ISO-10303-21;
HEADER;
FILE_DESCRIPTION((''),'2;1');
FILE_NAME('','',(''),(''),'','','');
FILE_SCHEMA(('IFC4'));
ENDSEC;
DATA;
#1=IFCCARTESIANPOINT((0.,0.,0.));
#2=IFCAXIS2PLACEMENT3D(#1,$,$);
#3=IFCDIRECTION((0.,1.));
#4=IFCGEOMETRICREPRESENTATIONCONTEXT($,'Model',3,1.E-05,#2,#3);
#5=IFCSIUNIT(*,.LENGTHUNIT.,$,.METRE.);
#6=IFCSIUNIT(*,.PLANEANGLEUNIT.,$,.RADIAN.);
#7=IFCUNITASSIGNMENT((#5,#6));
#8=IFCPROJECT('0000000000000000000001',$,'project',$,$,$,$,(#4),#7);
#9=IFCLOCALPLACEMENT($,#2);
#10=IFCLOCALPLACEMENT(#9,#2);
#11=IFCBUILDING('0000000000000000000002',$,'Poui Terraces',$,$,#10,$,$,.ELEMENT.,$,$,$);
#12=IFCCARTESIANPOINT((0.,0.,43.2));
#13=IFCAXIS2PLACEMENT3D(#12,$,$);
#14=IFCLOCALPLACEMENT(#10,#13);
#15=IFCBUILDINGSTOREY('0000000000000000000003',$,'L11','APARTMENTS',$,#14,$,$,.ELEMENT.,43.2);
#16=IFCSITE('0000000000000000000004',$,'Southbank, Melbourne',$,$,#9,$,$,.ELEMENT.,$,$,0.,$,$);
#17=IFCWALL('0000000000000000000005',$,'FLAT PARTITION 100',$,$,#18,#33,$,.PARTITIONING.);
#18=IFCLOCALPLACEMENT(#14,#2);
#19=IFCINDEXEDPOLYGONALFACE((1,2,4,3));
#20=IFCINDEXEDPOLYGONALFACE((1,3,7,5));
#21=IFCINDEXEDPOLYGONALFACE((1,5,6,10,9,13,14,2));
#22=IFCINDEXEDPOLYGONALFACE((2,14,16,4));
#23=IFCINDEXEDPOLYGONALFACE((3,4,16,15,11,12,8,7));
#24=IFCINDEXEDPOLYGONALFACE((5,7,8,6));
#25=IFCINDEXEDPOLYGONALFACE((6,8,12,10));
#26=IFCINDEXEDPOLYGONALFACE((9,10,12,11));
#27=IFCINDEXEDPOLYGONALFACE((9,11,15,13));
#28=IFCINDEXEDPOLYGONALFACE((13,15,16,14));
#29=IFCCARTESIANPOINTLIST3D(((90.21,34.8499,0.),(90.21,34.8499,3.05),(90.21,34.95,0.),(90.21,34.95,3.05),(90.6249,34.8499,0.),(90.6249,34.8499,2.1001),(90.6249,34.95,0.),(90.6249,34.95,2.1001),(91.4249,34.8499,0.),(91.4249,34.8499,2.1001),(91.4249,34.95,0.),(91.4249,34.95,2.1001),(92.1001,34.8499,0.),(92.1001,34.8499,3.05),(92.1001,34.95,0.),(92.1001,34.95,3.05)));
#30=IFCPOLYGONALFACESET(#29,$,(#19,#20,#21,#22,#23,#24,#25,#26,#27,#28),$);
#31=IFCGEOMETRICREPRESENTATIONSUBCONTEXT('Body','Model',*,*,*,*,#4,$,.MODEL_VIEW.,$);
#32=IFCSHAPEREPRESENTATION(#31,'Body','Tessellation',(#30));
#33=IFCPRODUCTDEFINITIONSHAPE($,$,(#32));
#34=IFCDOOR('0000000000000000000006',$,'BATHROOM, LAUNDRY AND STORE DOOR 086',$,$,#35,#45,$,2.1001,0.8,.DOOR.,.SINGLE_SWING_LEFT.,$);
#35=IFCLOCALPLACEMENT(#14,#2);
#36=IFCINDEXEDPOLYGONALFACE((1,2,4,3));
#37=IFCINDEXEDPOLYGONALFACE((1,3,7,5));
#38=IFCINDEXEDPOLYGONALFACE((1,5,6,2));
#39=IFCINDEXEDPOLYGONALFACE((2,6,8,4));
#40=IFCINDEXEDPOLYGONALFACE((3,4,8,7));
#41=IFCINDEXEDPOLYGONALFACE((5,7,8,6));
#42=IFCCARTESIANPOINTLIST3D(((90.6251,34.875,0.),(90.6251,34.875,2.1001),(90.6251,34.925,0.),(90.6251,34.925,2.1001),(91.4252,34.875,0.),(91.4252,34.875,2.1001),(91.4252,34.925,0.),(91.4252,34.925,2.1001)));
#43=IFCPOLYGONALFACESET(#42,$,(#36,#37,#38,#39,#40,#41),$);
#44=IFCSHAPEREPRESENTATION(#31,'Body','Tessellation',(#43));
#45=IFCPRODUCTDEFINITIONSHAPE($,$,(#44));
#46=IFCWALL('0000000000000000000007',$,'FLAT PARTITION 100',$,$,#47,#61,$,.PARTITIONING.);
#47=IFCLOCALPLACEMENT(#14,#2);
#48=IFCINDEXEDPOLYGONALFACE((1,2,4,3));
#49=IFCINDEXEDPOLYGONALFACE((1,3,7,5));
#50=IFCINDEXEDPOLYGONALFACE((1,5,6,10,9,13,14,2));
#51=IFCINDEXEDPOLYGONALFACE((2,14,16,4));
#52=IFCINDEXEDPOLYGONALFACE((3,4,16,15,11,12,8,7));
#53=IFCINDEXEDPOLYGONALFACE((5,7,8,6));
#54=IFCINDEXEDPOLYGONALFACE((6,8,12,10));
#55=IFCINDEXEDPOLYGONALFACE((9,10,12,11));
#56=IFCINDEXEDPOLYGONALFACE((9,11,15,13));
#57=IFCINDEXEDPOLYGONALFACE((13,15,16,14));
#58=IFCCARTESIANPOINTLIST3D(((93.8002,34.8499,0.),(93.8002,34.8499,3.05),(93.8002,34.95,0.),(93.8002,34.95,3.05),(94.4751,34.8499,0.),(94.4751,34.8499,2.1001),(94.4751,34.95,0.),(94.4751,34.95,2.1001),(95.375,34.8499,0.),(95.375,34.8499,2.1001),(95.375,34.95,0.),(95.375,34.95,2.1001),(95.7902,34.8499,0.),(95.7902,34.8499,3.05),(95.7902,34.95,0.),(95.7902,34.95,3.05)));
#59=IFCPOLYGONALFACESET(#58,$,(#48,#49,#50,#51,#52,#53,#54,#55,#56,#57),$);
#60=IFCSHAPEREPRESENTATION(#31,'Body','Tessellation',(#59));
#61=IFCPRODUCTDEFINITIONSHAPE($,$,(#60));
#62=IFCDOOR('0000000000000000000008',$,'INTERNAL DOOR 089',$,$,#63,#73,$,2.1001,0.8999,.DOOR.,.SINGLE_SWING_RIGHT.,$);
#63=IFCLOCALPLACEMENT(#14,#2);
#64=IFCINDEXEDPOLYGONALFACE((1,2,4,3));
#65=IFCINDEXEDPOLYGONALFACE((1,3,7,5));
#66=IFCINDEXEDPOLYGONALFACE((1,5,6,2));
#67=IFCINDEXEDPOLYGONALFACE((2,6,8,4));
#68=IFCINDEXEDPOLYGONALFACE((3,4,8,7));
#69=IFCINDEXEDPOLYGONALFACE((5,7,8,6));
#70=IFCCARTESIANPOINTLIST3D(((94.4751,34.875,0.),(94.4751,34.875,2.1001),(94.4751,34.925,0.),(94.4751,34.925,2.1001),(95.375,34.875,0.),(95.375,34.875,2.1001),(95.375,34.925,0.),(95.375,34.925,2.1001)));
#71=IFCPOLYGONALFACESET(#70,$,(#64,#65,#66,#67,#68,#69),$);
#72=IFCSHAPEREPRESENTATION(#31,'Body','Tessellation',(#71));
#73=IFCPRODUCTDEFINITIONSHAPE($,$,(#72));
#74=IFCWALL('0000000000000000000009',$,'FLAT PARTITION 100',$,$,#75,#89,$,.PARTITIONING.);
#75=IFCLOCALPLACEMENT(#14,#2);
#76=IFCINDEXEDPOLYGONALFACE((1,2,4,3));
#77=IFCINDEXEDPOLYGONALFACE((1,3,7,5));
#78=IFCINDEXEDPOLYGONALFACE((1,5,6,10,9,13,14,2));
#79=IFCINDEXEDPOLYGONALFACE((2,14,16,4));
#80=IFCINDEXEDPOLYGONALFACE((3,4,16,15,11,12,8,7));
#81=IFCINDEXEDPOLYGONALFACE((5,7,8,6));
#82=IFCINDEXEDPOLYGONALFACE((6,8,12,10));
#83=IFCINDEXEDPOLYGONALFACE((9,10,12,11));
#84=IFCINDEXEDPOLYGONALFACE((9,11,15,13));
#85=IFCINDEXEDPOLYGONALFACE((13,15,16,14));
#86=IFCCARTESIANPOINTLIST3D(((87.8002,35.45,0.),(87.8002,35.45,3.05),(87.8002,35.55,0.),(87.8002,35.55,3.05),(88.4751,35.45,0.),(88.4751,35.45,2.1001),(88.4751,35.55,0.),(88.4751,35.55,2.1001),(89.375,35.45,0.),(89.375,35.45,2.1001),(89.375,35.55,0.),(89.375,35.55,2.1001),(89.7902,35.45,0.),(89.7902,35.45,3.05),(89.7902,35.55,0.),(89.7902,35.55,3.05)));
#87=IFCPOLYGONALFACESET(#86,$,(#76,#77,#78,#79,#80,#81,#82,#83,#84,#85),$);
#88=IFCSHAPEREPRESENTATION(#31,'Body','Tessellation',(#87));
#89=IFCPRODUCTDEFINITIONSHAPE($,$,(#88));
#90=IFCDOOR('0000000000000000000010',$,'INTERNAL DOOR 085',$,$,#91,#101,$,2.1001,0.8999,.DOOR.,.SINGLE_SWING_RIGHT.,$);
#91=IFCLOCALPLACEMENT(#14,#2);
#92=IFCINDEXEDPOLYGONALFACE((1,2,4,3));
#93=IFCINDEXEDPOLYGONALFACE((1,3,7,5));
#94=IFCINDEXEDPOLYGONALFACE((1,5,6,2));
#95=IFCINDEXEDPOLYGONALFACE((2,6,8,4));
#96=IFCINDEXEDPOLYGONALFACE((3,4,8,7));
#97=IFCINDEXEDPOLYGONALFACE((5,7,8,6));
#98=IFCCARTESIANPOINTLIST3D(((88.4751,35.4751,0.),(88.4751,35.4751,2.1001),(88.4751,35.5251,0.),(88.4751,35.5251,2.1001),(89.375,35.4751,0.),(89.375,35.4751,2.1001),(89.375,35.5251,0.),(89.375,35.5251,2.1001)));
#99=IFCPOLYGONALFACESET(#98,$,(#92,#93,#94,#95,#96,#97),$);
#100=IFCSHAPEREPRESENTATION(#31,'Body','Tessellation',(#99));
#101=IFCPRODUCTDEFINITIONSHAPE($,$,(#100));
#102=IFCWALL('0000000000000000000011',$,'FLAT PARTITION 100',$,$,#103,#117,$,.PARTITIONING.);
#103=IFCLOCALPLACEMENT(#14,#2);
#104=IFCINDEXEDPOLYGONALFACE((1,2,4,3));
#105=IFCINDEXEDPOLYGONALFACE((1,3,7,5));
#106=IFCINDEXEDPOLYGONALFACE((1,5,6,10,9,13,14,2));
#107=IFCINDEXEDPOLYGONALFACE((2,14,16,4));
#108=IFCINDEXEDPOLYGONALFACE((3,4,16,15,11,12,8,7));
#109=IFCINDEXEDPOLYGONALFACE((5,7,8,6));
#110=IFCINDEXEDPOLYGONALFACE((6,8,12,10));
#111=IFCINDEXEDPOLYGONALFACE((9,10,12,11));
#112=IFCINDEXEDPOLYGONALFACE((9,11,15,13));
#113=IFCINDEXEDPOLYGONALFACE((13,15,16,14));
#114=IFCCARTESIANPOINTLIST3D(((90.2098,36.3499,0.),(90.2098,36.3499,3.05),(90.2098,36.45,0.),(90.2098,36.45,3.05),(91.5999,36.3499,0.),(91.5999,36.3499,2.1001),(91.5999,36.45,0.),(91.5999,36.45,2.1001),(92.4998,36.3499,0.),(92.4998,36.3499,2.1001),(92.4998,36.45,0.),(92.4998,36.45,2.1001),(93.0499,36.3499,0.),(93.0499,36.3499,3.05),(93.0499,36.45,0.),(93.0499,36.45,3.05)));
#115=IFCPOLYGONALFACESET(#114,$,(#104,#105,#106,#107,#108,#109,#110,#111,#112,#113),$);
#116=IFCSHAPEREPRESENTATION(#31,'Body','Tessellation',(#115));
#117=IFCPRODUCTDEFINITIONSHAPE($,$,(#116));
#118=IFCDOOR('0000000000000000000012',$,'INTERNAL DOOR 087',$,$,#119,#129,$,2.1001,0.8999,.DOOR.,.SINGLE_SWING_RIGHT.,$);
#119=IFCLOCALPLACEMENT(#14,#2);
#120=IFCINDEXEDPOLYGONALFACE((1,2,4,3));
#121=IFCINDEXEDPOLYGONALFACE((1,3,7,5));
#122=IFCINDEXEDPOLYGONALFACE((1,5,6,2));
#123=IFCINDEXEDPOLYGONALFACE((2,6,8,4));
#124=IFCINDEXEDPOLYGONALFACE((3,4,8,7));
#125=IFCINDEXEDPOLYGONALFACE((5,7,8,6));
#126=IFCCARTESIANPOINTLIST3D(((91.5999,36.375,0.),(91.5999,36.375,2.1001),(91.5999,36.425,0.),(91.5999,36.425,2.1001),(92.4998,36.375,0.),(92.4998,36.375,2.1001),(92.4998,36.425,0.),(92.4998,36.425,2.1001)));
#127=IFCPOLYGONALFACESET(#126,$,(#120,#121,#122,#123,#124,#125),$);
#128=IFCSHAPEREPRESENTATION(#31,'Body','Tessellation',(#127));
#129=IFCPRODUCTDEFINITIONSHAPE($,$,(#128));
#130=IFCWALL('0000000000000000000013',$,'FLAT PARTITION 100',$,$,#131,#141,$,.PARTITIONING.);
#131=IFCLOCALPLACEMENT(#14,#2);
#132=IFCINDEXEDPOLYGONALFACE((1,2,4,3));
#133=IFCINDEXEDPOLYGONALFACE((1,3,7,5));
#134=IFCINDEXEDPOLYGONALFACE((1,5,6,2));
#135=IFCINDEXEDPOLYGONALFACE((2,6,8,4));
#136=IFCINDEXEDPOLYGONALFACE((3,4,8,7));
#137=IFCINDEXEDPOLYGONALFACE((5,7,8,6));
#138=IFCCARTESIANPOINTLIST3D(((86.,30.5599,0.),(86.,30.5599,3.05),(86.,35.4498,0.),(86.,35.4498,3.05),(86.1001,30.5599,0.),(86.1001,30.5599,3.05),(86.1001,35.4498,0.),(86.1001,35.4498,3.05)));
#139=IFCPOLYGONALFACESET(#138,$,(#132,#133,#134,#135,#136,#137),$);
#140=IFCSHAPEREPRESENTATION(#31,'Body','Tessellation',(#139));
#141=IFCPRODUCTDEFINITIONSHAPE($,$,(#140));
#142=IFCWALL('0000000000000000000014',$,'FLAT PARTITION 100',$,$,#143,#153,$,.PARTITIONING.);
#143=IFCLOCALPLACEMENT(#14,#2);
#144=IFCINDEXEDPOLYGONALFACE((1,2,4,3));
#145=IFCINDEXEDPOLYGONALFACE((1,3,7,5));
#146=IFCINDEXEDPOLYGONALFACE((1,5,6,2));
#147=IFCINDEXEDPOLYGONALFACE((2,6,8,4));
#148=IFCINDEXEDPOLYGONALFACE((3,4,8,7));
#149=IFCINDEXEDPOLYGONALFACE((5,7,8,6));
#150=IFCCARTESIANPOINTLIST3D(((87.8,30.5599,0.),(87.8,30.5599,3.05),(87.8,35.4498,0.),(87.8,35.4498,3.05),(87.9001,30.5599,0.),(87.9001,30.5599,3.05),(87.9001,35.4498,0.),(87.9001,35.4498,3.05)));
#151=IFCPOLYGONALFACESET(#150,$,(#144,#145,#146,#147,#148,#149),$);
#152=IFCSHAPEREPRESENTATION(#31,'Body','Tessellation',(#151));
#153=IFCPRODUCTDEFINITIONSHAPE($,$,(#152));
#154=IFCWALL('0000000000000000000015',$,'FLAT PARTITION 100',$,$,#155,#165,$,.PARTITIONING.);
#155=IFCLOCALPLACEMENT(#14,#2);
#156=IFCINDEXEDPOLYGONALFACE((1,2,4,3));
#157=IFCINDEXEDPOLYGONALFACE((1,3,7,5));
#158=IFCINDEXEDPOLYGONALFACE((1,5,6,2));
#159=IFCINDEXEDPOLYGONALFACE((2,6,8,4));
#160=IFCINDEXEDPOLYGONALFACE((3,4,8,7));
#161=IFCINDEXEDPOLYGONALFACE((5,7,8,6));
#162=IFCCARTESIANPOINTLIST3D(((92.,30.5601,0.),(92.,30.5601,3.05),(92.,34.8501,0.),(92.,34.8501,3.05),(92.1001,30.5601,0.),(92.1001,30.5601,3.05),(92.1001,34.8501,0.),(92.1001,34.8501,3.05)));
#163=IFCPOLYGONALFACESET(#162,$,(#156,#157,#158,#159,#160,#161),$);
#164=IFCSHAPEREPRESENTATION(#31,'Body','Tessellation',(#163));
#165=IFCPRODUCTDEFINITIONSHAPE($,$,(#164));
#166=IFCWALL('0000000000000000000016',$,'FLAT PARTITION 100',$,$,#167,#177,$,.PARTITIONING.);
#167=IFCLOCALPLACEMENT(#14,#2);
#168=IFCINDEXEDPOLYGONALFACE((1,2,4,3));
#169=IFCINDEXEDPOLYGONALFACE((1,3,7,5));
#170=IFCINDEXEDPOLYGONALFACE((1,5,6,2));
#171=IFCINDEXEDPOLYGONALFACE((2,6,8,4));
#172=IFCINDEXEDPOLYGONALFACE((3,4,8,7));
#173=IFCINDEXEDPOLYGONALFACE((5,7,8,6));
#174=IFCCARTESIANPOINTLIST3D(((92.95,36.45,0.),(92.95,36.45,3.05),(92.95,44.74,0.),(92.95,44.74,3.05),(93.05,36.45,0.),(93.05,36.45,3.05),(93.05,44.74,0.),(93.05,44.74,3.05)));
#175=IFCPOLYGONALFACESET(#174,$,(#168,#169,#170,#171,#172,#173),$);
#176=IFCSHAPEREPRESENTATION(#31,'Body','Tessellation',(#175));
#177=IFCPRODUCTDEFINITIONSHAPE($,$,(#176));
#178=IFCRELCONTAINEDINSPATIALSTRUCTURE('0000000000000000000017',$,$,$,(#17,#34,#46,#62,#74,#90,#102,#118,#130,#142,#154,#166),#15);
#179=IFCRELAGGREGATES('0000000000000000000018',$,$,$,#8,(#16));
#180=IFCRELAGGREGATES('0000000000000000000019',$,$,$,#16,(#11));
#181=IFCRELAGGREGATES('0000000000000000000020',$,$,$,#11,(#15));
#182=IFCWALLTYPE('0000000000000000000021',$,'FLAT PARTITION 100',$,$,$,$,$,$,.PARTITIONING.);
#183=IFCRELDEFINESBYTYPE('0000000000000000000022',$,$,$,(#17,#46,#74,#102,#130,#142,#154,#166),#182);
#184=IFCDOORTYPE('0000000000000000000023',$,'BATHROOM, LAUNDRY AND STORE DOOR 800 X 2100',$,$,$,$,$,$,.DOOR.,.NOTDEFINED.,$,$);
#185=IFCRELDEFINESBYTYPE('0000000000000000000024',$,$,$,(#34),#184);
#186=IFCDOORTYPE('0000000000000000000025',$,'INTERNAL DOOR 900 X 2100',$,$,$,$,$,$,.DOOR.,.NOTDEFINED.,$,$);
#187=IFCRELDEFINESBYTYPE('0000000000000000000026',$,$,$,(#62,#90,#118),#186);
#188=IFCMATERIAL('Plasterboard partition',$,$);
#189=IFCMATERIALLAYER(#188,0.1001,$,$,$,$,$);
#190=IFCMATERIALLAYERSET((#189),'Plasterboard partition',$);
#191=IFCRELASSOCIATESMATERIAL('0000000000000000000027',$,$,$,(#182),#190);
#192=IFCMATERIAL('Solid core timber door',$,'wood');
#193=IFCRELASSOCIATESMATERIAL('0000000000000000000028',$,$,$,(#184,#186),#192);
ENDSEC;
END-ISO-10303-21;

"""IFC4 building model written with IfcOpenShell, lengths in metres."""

from ifc_helpers import new_model, si_unit, direction, frame, frame_2d, origin, place, context, subcontext, project, spatial, rectangle, extrude, material, layer, layer_set, type_object, element, fill, save


model = new_model("IFC4")

# Units and contexts
model_context = context("Model", 3, precision=1e-05, world=origin(), true_north=direction((0.0, 1.0)))
body_context = subcontext(model_context, "Body", "Model", "MODEL_VIEW")
ifc_project = project(units=[si_unit("LENGTHUNIT", "METRE"), si_unit("PLANEANGLEUNIT", "RADIAN")], contexts=[model_context])

# Site, building, storey
site_placement = place(None, origin())
site = spatial("IfcSite", under=ifc_project, at=site_placement, Name="Southbank, Melbourne", CompositionType="ELEMENT", RefElevation=0.0)
building_placement = place(site_placement, origin())
building = spatial("IfcBuilding", under=site, at=building_placement, Name="Poui Terraces", CompositionType="ELEMENT")
storey_placement = place(building_placement, frame((0.0, 0.0, 43.2)))
storey = spatial("IfcBuildingStorey", under=building, at=storey_placement, Name="L11", Description="APARTMENTS", CompositionType="ELEMENT", Elevation=43.2)

# Walls, openings, doors
ifc_material_1 = material(Name="Plasterboard partition")
ifc_layer_1 = layer(ifc_material_1, 0.1001)
ifc_layer_set_1 = layer_set([ifc_layer_1], Name="Plasterboard partition")
wall_type_1 = type_object("IfcWallType", Name="FLAT PARTITION 100", PredefinedType="PARTITIONING", material=ifc_layer_set_1)
wall_1_placement = place(storey_placement, frame((90.21, 34.8999, 0.0), z_axis=(0.0, 0.0, 1.0), x_axis=(1.0, 0.0, 0.0)))
wall_1 = element("IfcWall", 1, at=wall_1_placement, inside=storey, type_object=wall_type_1, Name="FLAT PARTITION 100", PredefinedType="PARTITIONING", context=body_context, shape_type="SweptSolid", body=[
    extrude(rectangle(XDim=1.8901, YDim=0.1001, at=frame_2d((0.9451, 0.0))), origin(), (0.0, 0.0, 1.0), 3.05),
])
opening_1_placement = place(wall_1_placement, frame((0.415, 0.0, 0.0)))
opening_1 = element("IfcOpeningElement", 2, at=opening_1_placement, cuts=wall_1, PredefinedType="OPENING", context=body_context, shape_type="SweptSolid", body=[
    extrude(rectangle(XDim=0.8, YDim=2.1001, at=frame_2d((0.3999, 1.05))), frame((0.0, 0.0601, 0.0), z_axis=(0.0, -1.0, 0.0), x_axis=(1.0, 0.0, 0.0)), (0.0, 0.0, 1.0), 0.1201),
])
ifc_material_2 = material(Name="Solid core timber door", Category="wood")
door_type_1 = type_object("IfcDoorType", Name="BATHROOM, LAUNDRY AND STORE DOOR 800 X 2100", OperationType="NOTDEFINED", PredefinedType="DOOR", material=ifc_material_2)
door_1_placement = place(opening_1_placement, frame((0.8, 0.0, 0.0), z_axis=(0.0, 0.0, 1.0), x_axis=(-1.0, 0.0, 0.0)))
door_1 = element("IfcDoor", 3, at=door_1_placement, inside=storey, type_object=door_type_1, Name="BATHROOM, LAUNDRY AND STORE DOOR 086", OperationType="SINGLE_SWING_LEFT", OverallHeight=2.1001, OverallWidth=0.8, PredefinedType="DOOR", context=body_context, shape_type="SweptSolid", body=[
    extrude(rectangle(XDim=0.8, YDim=2.1001, at=frame_2d((0.3999, 1.05))), frame((0.0, 0.0249, 0.0), z_axis=(0.0, -1.0, 0.0), x_axis=(1.0, 0.0, 0.0)), (0.0, 0.0, 1.0), 0.05),
])
fill(opening_1, door_1)
wall_2_placement = place(storey_placement, frame((93.8, 34.8999, 0.0), z_axis=(0.0, 0.0, 1.0), x_axis=(1.0, 0.0, 0.0)))
wall_2 = element("IfcWall", 4, at=wall_2_placement, inside=storey, type_object=wall_type_1, Name="FLAT PARTITION 100", PredefinedType="PARTITIONING", context=body_context, shape_type="SweptSolid", body=[
    extrude(rectangle(XDim=1.99, YDim=0.1001, at=frame_2d((0.9951, 0.0))), origin(), (0.0, 0.0, 1.0), 3.05),
])
opening_2_placement = place(wall_2_placement, frame((0.675, 0.0, 0.0)))
opening_2 = element("IfcOpeningElement", 5, at=opening_2_placement, cuts=wall_2, PredefinedType="OPENING", context=body_context, shape_type="SweptSolid", body=[
    extrude(rectangle(XDim=0.8999, YDim=2.1001, at=frame_2d((0.45, 1.05))), frame((0.0, 0.0601, 0.0), z_axis=(0.0, -1.0, 0.0), x_axis=(1.0, 0.0, 0.0)), (0.0, 0.0, 1.0), 0.1201),
])
door_type_2 = type_object("IfcDoorType", Name="INTERNAL DOOR 900 X 2100", OperationType="NOTDEFINED", PredefinedType="DOOR", material=ifc_material_2)
door_2_placement = place(opening_2_placement, frame((0.8999, 0.0, 0.0), z_axis=(0.0, 0.0, 1.0), x_axis=(-1.0, 0.0, 0.0)))
door_2 = element("IfcDoor", 6, at=door_2_placement, inside=storey, type_object=door_type_2, Name="INTERNAL DOOR 089", OperationType="SINGLE_SWING_RIGHT", OverallHeight=2.1001, OverallWidth=0.8999, PredefinedType="DOOR", context=body_context, shape_type="SweptSolid", body=[
    extrude(rectangle(XDim=0.8999, YDim=2.1001, at=frame_2d((0.45, 1.05))), frame((0.0, 0.0249, 0.0), z_axis=(0.0, -1.0, 0.0), x_axis=(1.0, 0.0, 0.0)), (0.0, 0.0, 1.0), 0.05),
])
fill(opening_2, door_2)
wall_3_placement = place(storey_placement, frame((87.8, 35.5, 0.0), z_axis=(0.0, 0.0, 1.0), x_axis=(1.0, 0.0, 0.0)))
wall_3 = element("IfcWall", 7, at=wall_3_placement, inside=storey, type_object=wall_type_1, Name="FLAT PARTITION 100", PredefinedType="PARTITIONING", context=body_context, shape_type="SweptSolid", body=[
    extrude(rectangle(XDim=1.99, YDim=0.1001, at=frame_2d((0.9951, 0.0))), origin(), (0.0, 0.0, 1.0), 3.05),
])
opening_3_placement = place(wall_3_placement, frame((0.675, 0.0, 0.0)))
opening_3 = element("IfcOpeningElement", 8, at=opening_3_placement, cuts=wall_3, PredefinedType="OPENING", context=body_context, shape_type="SweptSolid", body=[
    extrude(rectangle(XDim=0.8999, YDim=2.1001, at=frame_2d((0.45, 1.05))), frame((0.0, 0.0601, 0.0), z_axis=(0.0, -1.0, 0.0), x_axis=(1.0, 0.0, 0.0)), (0.0, 0.0, 1.0), 0.1201),
])
door_3_placement = place(opening_3_placement, frame((0.8999, 0.0, 0.0), z_axis=(0.0, 0.0, 1.0), x_axis=(-1.0, 0.0, 0.0)))
door_3 = element("IfcDoor", 9, at=door_3_placement, inside=storey, type_object=door_type_2, Name="INTERNAL DOOR 085", OperationType="SINGLE_SWING_RIGHT", OverallHeight=2.1001, OverallWidth=0.8999, PredefinedType="DOOR", context=body_context, shape_type="SweptSolid", body=[
    extrude(rectangle(XDim=0.8999, YDim=2.1001, at=frame_2d((0.45, 1.05))), frame((0.0, 0.0249, 0.0), z_axis=(0.0, -1.0, 0.0), x_axis=(1.0, 0.0, 0.0)), (0.0, 0.0, 1.0), 0.05),
])
fill(opening_3, door_3)
wall_4_placement = place(storey_placement, frame((90.21, 36.3999, 0.0), z_axis=(0.0, 0.0, 1.0), x_axis=(1.0, 0.0, 0.0)))
wall_4 = element("IfcWall", 10, at=wall_4_placement, inside=storey, type_object=wall_type_1, Name="FLAT PARTITION 100", PredefinedType="PARTITIONING", context=body_context, shape_type="SweptSolid", body=[
    extrude(rectangle(XDim=2.8401, YDim=0.1001, at=frame_2d((1.4199, 0.0))), origin(), (0.0, 0.0, 1.0), 3.05),
])
opening_4_placement = place(wall_4_placement, frame((1.3899, 0.0, 0.0)))
opening_4 = element("IfcOpeningElement", 11, at=opening_4_placement, cuts=wall_4, PredefinedType="OPENING", context=body_context, shape_type="SweptSolid", body=[
    extrude(rectangle(XDim=0.8999, YDim=2.1001, at=frame_2d((0.45, 1.05))), frame((0.0, 0.0601, 0.0), z_axis=(0.0, -1.0, 0.0), x_axis=(1.0, 0.0, 0.0)), (0.0, 0.0, 1.0), 0.1201),
])
door_4_placement = place(opening_4_placement, frame((0.8999, 0.0, 0.0), z_axis=(0.0, 0.0, 1.0), x_axis=(-1.0, 0.0, 0.0)))
door_4 = element("IfcDoor", 12, at=door_4_placement, inside=storey, type_object=door_type_2, Name="INTERNAL DOOR 087", OperationType="SINGLE_SWING_RIGHT", OverallHeight=2.1001, OverallWidth=0.8999, PredefinedType="DOOR", context=body_context, shape_type="SweptSolid", body=[
    extrude(rectangle(XDim=0.8999, YDim=2.1001, at=frame_2d((0.45, 1.05))), frame((0.0, 0.0249, 0.0), z_axis=(0.0, -1.0, 0.0), x_axis=(1.0, 0.0, 0.0)), (0.0, 0.0, 1.0), 0.05),
])
fill(opening_4, door_4)

# Walls
for number, where, z_axis, x_axis, name in (
    (13, (86.05, 30.5601, 0.0), (0.0, 0.0, 1.0), (0.0, 1.0, 0.0), "FLAT PARTITION 100"),
    (14, (87.8501, 30.5601, 0.0), (0.0, 0.0, 1.0), (0.0, 1.0, 0.0), "FLAT PARTITION 100"),
):
    element("IfcWall", number, at=place(storey_placement, frame(where, z_axis=z_axis, x_axis=x_axis)), inside=storey, type_object=wall_type_1, Name=name, PredefinedType="PARTITIONING", context=body_context, shape_type="SweptSolid", body=[
        extrude(rectangle(XDim=4.8899, YDim=0.1001, at=frame_2d((2.4448, 0.0))), origin(), (0.0, 0.0, 1.0), 3.05),
    ])
wall_5_placement = place(storey_placement, frame((92.05, 30.5601, 0.0), z_axis=(0.0, 0.0, 1.0), x_axis=(0.0, 1.0, 0.0)))
element("IfcWall", 15, at=wall_5_placement, inside=storey, type_object=wall_type_1, Name="FLAT PARTITION 100", PredefinedType="PARTITIONING", context=body_context, shape_type="SweptSolid", body=[
    extrude(rectangle(XDim=4.29, YDim=0.1001, at=frame_2d((2.145, 0.0))), origin(), (0.0, 0.0, 1.0), 3.05),
])
wall_6_placement = place(storey_placement, frame((93.0, 36.45, 0.0), z_axis=(0.0, 0.0, 1.0), x_axis=(0.0, 1.0, 0.0)))
element("IfcWall", 16, at=wall_6_placement, inside=storey, type_object=wall_type_1, Name="FLAT PARTITION 100", PredefinedType="PARTITIONING", context=body_context, shape_type="SweptSolid", body=[
    extrude(rectangle(XDim=8.29, YDim=0.1001, at=frame_2d((4.145, 0.0))), origin(), (0.0, 0.0, 1.0), 3.05),
])

save(model, "model.ifc")
